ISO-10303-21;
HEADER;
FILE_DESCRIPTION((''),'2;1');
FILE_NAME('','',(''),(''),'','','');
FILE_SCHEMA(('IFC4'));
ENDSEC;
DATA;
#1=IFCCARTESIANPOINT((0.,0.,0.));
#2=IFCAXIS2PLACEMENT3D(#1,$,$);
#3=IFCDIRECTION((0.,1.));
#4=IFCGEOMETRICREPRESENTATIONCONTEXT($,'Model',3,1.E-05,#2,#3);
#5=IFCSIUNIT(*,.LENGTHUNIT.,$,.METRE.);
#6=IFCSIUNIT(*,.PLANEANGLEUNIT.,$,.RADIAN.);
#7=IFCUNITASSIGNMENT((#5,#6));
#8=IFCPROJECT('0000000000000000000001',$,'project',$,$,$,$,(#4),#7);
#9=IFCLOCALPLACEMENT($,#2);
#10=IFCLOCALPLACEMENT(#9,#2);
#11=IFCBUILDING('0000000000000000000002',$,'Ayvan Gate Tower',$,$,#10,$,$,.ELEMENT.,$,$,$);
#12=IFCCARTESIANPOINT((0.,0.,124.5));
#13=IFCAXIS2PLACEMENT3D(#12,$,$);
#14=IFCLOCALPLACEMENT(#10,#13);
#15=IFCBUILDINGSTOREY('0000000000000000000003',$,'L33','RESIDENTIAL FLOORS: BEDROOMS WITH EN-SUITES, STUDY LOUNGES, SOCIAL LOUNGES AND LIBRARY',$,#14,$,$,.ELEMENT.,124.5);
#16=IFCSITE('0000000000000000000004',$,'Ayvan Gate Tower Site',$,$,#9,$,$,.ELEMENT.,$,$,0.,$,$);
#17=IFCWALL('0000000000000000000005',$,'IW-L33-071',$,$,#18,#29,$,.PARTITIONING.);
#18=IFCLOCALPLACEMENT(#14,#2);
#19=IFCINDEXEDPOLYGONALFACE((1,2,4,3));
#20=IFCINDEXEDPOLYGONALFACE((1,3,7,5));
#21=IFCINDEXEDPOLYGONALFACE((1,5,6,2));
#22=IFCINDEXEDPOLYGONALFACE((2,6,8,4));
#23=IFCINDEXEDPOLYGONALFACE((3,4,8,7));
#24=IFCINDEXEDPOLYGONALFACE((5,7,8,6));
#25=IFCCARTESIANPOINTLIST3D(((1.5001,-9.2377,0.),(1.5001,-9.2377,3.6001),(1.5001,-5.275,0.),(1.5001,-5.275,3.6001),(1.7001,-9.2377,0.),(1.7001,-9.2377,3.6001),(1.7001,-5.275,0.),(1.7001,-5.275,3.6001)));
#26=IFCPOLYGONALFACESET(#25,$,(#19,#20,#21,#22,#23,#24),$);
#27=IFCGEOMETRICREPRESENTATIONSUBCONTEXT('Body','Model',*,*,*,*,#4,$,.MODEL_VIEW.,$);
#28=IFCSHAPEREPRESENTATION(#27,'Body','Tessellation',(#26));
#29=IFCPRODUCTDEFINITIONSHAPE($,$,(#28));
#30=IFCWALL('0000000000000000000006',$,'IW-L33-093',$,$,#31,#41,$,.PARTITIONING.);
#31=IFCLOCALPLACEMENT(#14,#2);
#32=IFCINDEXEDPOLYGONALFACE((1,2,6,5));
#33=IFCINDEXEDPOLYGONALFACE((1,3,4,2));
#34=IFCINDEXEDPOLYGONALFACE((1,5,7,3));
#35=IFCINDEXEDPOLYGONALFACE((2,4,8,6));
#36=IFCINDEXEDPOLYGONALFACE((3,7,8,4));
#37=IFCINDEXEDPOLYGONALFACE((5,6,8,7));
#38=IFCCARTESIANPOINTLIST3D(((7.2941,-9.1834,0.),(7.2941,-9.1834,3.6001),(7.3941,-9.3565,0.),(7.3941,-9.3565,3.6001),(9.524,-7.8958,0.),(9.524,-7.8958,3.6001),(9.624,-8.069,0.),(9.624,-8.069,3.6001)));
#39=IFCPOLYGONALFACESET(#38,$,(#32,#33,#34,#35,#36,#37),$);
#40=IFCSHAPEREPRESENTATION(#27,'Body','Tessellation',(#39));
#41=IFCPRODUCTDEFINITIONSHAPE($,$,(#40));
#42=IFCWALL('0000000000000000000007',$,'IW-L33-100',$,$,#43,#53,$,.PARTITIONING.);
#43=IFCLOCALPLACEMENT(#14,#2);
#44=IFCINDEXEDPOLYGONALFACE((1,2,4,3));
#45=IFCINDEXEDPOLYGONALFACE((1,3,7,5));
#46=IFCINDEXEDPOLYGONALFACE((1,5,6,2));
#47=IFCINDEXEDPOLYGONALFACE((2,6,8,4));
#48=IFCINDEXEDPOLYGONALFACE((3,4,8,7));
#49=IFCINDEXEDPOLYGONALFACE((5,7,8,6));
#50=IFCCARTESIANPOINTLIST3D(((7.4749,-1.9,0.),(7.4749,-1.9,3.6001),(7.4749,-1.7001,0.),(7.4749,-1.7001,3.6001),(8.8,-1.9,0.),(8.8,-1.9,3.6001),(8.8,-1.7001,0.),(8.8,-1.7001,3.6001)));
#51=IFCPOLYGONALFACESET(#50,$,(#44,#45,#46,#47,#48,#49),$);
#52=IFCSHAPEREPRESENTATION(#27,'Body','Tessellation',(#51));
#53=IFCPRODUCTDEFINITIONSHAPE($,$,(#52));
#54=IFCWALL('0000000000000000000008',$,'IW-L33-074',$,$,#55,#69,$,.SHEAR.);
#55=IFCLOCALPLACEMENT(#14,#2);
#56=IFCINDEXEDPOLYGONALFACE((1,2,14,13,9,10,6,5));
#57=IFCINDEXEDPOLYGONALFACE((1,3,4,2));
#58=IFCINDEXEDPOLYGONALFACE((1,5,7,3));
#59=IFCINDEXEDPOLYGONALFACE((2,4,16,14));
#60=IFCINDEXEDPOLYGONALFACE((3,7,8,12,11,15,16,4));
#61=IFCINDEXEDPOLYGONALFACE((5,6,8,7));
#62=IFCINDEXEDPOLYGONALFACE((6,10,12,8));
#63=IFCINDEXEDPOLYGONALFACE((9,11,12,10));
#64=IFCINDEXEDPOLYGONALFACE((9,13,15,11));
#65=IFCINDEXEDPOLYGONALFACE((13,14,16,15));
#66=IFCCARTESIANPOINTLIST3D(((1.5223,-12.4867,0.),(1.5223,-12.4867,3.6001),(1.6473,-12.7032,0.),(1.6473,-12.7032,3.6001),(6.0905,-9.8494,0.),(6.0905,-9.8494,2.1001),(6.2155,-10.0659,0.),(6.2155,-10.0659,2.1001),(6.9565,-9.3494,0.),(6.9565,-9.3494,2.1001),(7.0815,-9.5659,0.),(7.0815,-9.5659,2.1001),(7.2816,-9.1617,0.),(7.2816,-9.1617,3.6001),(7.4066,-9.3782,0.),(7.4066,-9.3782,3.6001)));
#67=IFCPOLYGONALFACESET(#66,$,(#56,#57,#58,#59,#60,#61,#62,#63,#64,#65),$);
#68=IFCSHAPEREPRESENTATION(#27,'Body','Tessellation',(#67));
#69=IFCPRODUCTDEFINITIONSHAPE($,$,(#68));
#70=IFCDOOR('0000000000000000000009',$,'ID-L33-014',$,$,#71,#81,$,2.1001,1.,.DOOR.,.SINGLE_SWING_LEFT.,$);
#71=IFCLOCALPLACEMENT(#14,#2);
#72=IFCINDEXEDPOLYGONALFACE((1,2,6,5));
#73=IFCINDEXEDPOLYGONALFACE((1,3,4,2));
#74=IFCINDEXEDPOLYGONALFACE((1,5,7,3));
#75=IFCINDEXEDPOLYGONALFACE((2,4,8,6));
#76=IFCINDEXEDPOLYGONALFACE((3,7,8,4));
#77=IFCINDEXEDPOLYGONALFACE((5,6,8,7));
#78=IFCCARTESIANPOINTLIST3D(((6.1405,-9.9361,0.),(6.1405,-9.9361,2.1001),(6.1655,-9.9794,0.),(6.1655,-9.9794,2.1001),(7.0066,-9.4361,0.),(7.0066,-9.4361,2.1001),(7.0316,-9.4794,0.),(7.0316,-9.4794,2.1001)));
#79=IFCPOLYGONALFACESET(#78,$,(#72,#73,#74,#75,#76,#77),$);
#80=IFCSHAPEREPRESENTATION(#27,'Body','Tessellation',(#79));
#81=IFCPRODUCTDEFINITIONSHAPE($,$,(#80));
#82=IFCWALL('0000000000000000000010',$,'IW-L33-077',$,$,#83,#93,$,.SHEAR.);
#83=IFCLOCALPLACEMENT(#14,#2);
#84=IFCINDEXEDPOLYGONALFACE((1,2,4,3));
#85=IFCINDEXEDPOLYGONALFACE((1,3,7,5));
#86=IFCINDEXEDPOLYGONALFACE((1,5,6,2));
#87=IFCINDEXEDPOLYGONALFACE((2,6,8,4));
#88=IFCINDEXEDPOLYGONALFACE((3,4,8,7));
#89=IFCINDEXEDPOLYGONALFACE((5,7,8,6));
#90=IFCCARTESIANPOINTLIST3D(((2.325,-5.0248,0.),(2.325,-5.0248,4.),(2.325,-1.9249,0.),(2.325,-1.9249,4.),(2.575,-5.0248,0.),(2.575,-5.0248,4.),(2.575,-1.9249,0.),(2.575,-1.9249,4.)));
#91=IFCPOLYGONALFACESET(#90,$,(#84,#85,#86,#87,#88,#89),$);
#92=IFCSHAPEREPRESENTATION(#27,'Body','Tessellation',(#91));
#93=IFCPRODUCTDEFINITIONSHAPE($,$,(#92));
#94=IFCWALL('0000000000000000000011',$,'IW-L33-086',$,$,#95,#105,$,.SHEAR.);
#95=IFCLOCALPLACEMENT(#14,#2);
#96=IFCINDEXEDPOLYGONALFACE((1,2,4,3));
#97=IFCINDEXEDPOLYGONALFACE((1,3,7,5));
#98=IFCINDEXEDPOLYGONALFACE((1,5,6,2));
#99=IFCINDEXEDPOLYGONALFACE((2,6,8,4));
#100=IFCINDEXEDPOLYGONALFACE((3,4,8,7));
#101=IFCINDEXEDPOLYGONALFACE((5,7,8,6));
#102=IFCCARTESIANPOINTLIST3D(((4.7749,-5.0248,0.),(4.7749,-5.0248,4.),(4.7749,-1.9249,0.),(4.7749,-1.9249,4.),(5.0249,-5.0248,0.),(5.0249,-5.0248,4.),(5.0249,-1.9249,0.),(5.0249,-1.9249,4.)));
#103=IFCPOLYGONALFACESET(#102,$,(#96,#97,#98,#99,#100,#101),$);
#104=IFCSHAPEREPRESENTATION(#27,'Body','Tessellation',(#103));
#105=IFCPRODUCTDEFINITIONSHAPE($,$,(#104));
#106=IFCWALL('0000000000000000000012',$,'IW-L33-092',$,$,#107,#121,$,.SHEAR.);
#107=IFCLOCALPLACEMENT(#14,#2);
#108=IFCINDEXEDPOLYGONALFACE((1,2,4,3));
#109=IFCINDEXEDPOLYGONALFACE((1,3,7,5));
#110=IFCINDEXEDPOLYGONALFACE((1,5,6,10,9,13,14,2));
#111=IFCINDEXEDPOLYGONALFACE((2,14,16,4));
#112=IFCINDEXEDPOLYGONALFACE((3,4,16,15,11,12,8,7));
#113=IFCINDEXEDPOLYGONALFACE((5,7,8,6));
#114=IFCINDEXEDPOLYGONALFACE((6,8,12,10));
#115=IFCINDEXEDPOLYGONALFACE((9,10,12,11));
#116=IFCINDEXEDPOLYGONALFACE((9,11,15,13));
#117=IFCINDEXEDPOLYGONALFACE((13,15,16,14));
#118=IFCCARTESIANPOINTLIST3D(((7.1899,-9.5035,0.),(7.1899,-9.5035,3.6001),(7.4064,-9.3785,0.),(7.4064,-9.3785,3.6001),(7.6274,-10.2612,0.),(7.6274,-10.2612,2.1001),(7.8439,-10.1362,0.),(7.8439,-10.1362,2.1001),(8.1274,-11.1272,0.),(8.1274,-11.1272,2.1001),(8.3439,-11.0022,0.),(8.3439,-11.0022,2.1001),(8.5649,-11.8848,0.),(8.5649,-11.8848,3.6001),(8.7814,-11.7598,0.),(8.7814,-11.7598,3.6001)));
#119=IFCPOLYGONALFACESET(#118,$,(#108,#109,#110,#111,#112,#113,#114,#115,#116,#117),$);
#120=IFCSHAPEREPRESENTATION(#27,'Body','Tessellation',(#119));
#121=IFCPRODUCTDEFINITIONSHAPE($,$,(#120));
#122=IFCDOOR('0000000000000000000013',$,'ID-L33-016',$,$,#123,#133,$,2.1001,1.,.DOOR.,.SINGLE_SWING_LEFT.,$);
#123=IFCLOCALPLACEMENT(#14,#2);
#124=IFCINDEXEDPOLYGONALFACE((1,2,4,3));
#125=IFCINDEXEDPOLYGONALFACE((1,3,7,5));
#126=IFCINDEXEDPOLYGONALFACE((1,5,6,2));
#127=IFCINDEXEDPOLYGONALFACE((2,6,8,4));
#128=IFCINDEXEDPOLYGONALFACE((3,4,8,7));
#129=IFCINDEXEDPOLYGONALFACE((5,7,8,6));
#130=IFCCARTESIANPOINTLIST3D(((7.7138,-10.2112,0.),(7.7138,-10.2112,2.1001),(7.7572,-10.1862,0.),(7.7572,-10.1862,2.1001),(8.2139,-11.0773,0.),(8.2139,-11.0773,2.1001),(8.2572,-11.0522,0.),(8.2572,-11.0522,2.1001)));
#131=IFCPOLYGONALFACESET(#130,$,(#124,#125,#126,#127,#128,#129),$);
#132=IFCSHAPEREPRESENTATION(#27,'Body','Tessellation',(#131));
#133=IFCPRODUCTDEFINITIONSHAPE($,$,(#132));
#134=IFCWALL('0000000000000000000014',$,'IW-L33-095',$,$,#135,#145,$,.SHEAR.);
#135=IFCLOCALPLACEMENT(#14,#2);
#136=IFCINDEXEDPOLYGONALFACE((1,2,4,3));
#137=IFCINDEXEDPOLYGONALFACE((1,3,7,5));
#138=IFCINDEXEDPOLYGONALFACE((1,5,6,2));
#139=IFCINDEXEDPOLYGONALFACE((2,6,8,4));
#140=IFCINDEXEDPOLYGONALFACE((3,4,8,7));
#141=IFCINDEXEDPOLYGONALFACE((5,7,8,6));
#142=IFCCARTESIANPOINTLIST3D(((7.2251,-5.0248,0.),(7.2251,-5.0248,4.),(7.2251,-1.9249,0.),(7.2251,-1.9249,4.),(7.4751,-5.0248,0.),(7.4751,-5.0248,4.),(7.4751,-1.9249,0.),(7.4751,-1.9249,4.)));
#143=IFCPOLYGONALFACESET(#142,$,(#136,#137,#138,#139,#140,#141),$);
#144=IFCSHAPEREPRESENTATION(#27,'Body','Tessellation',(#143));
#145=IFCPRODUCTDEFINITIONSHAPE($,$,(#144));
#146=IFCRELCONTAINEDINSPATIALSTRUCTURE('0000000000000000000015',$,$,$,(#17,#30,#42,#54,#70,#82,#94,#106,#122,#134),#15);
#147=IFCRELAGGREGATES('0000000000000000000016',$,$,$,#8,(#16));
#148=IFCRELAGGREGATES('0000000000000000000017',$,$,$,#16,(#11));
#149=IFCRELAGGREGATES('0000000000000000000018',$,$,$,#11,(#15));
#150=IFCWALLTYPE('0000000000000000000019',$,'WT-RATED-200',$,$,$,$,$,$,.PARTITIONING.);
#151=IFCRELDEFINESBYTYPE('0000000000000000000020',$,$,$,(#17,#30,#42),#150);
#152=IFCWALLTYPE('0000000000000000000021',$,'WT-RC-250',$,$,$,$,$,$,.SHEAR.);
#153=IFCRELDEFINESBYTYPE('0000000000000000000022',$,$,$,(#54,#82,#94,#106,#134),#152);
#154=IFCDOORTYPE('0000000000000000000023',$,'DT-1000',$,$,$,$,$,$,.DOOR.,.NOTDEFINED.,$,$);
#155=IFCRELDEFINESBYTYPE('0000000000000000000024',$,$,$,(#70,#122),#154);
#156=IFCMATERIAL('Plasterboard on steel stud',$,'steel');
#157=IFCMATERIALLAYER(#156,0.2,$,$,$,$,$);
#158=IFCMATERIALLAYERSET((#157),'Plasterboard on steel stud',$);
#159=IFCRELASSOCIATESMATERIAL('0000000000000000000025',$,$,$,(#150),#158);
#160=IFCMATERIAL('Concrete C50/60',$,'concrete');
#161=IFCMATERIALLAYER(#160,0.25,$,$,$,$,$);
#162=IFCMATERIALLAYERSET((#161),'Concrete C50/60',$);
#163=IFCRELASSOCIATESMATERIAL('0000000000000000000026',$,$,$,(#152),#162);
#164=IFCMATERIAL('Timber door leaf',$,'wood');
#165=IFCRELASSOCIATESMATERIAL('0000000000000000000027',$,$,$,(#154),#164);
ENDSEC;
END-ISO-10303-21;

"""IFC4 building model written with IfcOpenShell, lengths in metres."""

from ifc_helpers import new_model, si_unit, direction, frame, frame_2d, origin, place, context, subcontext, project, spatial, rectangle, extrude, material, layer, layer_set, type_object, element, fill, save


model = new_model("IFC4")

# Units and contexts
model_context = context("Model", 3, precision=1e-05, world=origin(), true_north=direction((0.0, 1.0)))
body_context = subcontext(model_context, "Body", "Model", "MODEL_VIEW")
ifc_project = project(units=[si_unit("LENGTHUNIT", "METRE"), si_unit("PLANEANGLEUNIT", "RADIAN")], contexts=[model_context])

# Site, building, storey
site_placement = place(None, origin())
site = spatial("IfcSite", under=ifc_project, at=site_placement, Name="Ayvan Gate Tower Site", CompositionType="ELEMENT", RefElevation=0.0)
building_placement = place(site_placement, origin())
building = spatial("IfcBuilding", under=site, at=building_placement, Name="Ayvan Gate Tower", CompositionType="ELEMENT")
storey_placement = place(building_placement, frame((0.0, 0.0, 124.5)))
storey = spatial("IfcBuildingStorey", under=building, at=storey_placement, Name="L33", Description="RESIDENTIAL FLOORS: BEDROOMS WITH EN-SUITES, STUDY LOUNGES, SOCIAL LOUNGES AND LIBRARY", CompositionType="ELEMENT", Elevation=124.5)

# Walls
ifc_material_1 = material(Name="Plasterboard on steel stud", Category="steel")
ifc_layer_1 = layer(ifc_material_1, 0.2)
ifc_layer_set_1 = layer_set([ifc_layer_1], Name="Plasterboard on steel stud")
wall_type_1 = type_object("IfcWallType", Name="WT-RATED-200", PredefinedType="PARTITIONING", material=ifc_layer_set_1)
wall_1_placement = place(storey_placement, frame((1.6001, -5.2749, 0.0), z_axis=(0.0, 0.0, 1.0), x_axis=(0.0, -1.0, 0.0)))
element("IfcWall", 1, at=wall_1_placement, inside=storey, type_object=wall_type_1, Name="IW-L33-071", PredefinedType="PARTITIONING", context=body_context, shape_type="SweptSolid", body=[
    extrude(rectangle(XDim=3.9626, YDim=0.2, at=frame_2d((1.9814, 0.0))), origin(), (0.0, 0.0, 1.0), 3.6001),
])
wall_2_placement = place(storey_placement, frame((7.344, -9.27, 0.0), z_axis=(0.0, 0.0, 1.0), x_axis=(0.866006, 0.500034, 0.0)))
element("IfcWall", 2, at=wall_2_placement, inside=storey, type_object=wall_type_1, Name="IW-L33-093", PredefinedType="PARTITIONING", context=body_context, shape_type="SweptSolid", body=[
    extrude(rectangle(XDim=2.575, YDim=0.2, at=frame_2d((1.2876, 0.0))), origin(), (0.0, 0.0, 1.0), 3.6001),
])
wall_3_placement = place(storey_placement, frame((8.8, -1.8, 0.0), z_axis=(0.0, 0.0, 1.0), x_axis=(-1.0, 0.0, 0.0)))
element("IfcWall", 3, at=wall_3_placement, inside=storey, type_object=wall_type_1, Name="IW-L33-100", PredefinedType="PARTITIONING", context=body_context, shape_type="SweptSolid", body=[
    extrude(rectangle(XDim=1.3252, YDim=0.2, at=frame_2d((0.6626, 0.0))), origin(), (0.0, 0.0, 1.0), 3.6001),
])

# Wall, opening, door
ifc_material_2 = material(Name="Concrete C50/60", Category="concrete")
ifc_layer_2 = layer(ifc_material_2, 0.25)
ifc_layer_set_2 = layer_set([ifc_layer_2], Name="Concrete C50/60")
wall_type_2 = type_object("IfcWallType", Name="WT-RC-250", PredefinedType="SHEAR", material=ifc_layer_set_2)
wall_4_placement = place(storey_placement, frame((1.5847, -12.595, 0.0), z_axis=(0.0, 0.0, 1.0), x_axis=(0.866036, 0.499981, 0.0)))
wall_4 = element("IfcWall", 4, at=wall_4_placement, inside=storey, type_object=wall_type_2, Name="IW-L33-074", PredefinedType="SHEAR", context=body_context, shape_type="SweptSolid", body=[
    extrude(rectangle(XDim=6.6501, YDim=0.25, at=frame_2d((3.3252, 0.0))), origin(), (0.0, 0.0, 1.0), 3.6001),
])
opening_1_placement = place(wall_4_placement, frame((5.2749, 0.0, 0.0)))
opening_1 = element("IfcOpeningElement", 5, at=opening_1_placement, cuts=wall_4, PredefinedType="OPENING", context=body_context, shape_type="SweptSolid", body=[
    extrude(rectangle(XDim=1.0, YDim=2.1001, at=frame_2d((0.5, 1.05))), frame((0.0, 0.135, 0.0), z_axis=(0.0, -1.0, 0.0), x_axis=(1.0, 0.0, 0.0)), (0.0, 0.0, 1.0), 0.27),
])
ifc_material_3 = material(Name="Timber door leaf", Category="wood")
door_type = type_object("IfcDoorType", Name="DT-1000", OperationType="NOTDEFINED", PredefinedType="DOOR", material=ifc_material_3)
door_1_placement = place(opening_1_placement, origin())
door_1 = element("IfcDoor", 6, at=door_1_placement, inside=storey, type_object=door_type, Name="ID-L33-014", OperationType="SINGLE_SWING_LEFT", OverallHeight=2.1001, OverallWidth=1.0, PredefinedType="DOOR", context=body_context, shape_type="SweptSolid", body=[
    extrude(rectangle(XDim=1.0, YDim=2.1001, at=frame_2d((0.5, 1.05))), frame((0.0, 0.0249, 0.0), z_axis=(0.0, -1.0, 0.0), x_axis=(1.0, 0.0, 0.0)), (0.0, 0.0, 1.0), 0.05),
])
fill(opening_1, door_1)

# Walls
for number, where, z_axis, x_axis, name in (
    (7, (2.45, -1.925, 0.0), (0.0, 0.0, 1.0), (0.0, -1.0, 0.0), "IW-L33-077"),
    (8, (4.8999, -1.925, 0.0), (0.0, 0.0, 1.0), (0.0, -1.0, 0.0), "IW-L33-086"),
):
    element("IfcWall", number, at=place(storey_placement, frame(where, z_axis=z_axis, x_axis=x_axis)), inside=storey, type_object=wall_type_2, Name=name, PredefinedType="SHEAR", context=body_context, shape_type="SweptSolid", body=[
        extrude(rectangle(XDim=3.0999, YDim=0.25, at=frame_2d((1.5498, 0.0))), origin(), (0.0, 0.0, 1.0), 4.0),
    ])

# Wall, opening, door
wall_5_placement = place(storey_placement, frame((7.2981, -9.4409, 0.0), z_axis=(0.0, 0.0, 1.0), x_axis=(0.500035, -0.866005, 0.0)))
wall_5 = element("IfcWall", 9, at=wall_5_placement, inside=storey, type_object=wall_type_2, Name="IW-L33-092", PredefinedType="SHEAR", context=body_context, shape_type="SweptSolid", body=[
    extrude(rectangle(XDim=2.7498, YDim=0.25, at=frame_2d((1.375, 0.0))), origin(), (0.0, 0.0, 1.0), 3.6001),
])
opening_2_placement = place(wall_5_placement, frame((0.875, 0.0, 0.0)))
opening_2 = element("IfcOpeningElement", 10, at=opening_2_placement, cuts=wall_5, PredefinedType="OPENING", context=body_context, shape_type="SweptSolid", body=[
    extrude(rectangle(XDim=1.0, YDim=2.1001, at=frame_2d((0.5, 1.05))), frame((0.0, 0.135, 0.0), z_axis=(0.0, -1.0, 0.0), x_axis=(1.0, 0.0, 0.0)), (0.0, 0.0, 1.0), 0.27),
])
door_2_placement = place(opening_2_placement, origin())
door_2 = element("IfcDoor", 11, at=door_2_placement, inside=storey, type_object=door_type, Name="ID-L33-016", OperationType="SINGLE_SWING_LEFT", OverallHeight=2.1001, OverallWidth=1.0, PredefinedType="DOOR", context=body_context, shape_type="SweptSolid", body=[
    extrude(rectangle(XDim=1.0, YDim=2.1001, at=frame_2d((0.5, 1.05))), frame((0.0, 0.0249, 0.0), z_axis=(0.0, -1.0, 0.0), x_axis=(1.0, 0.0, 0.0)), (0.0, 0.0, 1.0), 0.05),
])
fill(opening_2, door_2)

# Wall
wall_6_placement = place(storey_placement, frame((7.3501, -1.925, 0.0), z_axis=(0.0, 0.0, 1.0), x_axis=(0.0, -1.0, 0.0)))
element("IfcWall", 12, at=wall_6_placement, inside=storey, type_object=wall_type_2, Name="IW-L33-095", PredefinedType="SHEAR", context=body_context, shape_type="SweptSolid", body=[
    extrude(rectangle(XDim=3.0999, YDim=0.25, at=frame_2d((1.5498, 0.0))), origin(), (0.0, 0.0, 1.0), 4.0),
])

save(model, "model.ifc")
